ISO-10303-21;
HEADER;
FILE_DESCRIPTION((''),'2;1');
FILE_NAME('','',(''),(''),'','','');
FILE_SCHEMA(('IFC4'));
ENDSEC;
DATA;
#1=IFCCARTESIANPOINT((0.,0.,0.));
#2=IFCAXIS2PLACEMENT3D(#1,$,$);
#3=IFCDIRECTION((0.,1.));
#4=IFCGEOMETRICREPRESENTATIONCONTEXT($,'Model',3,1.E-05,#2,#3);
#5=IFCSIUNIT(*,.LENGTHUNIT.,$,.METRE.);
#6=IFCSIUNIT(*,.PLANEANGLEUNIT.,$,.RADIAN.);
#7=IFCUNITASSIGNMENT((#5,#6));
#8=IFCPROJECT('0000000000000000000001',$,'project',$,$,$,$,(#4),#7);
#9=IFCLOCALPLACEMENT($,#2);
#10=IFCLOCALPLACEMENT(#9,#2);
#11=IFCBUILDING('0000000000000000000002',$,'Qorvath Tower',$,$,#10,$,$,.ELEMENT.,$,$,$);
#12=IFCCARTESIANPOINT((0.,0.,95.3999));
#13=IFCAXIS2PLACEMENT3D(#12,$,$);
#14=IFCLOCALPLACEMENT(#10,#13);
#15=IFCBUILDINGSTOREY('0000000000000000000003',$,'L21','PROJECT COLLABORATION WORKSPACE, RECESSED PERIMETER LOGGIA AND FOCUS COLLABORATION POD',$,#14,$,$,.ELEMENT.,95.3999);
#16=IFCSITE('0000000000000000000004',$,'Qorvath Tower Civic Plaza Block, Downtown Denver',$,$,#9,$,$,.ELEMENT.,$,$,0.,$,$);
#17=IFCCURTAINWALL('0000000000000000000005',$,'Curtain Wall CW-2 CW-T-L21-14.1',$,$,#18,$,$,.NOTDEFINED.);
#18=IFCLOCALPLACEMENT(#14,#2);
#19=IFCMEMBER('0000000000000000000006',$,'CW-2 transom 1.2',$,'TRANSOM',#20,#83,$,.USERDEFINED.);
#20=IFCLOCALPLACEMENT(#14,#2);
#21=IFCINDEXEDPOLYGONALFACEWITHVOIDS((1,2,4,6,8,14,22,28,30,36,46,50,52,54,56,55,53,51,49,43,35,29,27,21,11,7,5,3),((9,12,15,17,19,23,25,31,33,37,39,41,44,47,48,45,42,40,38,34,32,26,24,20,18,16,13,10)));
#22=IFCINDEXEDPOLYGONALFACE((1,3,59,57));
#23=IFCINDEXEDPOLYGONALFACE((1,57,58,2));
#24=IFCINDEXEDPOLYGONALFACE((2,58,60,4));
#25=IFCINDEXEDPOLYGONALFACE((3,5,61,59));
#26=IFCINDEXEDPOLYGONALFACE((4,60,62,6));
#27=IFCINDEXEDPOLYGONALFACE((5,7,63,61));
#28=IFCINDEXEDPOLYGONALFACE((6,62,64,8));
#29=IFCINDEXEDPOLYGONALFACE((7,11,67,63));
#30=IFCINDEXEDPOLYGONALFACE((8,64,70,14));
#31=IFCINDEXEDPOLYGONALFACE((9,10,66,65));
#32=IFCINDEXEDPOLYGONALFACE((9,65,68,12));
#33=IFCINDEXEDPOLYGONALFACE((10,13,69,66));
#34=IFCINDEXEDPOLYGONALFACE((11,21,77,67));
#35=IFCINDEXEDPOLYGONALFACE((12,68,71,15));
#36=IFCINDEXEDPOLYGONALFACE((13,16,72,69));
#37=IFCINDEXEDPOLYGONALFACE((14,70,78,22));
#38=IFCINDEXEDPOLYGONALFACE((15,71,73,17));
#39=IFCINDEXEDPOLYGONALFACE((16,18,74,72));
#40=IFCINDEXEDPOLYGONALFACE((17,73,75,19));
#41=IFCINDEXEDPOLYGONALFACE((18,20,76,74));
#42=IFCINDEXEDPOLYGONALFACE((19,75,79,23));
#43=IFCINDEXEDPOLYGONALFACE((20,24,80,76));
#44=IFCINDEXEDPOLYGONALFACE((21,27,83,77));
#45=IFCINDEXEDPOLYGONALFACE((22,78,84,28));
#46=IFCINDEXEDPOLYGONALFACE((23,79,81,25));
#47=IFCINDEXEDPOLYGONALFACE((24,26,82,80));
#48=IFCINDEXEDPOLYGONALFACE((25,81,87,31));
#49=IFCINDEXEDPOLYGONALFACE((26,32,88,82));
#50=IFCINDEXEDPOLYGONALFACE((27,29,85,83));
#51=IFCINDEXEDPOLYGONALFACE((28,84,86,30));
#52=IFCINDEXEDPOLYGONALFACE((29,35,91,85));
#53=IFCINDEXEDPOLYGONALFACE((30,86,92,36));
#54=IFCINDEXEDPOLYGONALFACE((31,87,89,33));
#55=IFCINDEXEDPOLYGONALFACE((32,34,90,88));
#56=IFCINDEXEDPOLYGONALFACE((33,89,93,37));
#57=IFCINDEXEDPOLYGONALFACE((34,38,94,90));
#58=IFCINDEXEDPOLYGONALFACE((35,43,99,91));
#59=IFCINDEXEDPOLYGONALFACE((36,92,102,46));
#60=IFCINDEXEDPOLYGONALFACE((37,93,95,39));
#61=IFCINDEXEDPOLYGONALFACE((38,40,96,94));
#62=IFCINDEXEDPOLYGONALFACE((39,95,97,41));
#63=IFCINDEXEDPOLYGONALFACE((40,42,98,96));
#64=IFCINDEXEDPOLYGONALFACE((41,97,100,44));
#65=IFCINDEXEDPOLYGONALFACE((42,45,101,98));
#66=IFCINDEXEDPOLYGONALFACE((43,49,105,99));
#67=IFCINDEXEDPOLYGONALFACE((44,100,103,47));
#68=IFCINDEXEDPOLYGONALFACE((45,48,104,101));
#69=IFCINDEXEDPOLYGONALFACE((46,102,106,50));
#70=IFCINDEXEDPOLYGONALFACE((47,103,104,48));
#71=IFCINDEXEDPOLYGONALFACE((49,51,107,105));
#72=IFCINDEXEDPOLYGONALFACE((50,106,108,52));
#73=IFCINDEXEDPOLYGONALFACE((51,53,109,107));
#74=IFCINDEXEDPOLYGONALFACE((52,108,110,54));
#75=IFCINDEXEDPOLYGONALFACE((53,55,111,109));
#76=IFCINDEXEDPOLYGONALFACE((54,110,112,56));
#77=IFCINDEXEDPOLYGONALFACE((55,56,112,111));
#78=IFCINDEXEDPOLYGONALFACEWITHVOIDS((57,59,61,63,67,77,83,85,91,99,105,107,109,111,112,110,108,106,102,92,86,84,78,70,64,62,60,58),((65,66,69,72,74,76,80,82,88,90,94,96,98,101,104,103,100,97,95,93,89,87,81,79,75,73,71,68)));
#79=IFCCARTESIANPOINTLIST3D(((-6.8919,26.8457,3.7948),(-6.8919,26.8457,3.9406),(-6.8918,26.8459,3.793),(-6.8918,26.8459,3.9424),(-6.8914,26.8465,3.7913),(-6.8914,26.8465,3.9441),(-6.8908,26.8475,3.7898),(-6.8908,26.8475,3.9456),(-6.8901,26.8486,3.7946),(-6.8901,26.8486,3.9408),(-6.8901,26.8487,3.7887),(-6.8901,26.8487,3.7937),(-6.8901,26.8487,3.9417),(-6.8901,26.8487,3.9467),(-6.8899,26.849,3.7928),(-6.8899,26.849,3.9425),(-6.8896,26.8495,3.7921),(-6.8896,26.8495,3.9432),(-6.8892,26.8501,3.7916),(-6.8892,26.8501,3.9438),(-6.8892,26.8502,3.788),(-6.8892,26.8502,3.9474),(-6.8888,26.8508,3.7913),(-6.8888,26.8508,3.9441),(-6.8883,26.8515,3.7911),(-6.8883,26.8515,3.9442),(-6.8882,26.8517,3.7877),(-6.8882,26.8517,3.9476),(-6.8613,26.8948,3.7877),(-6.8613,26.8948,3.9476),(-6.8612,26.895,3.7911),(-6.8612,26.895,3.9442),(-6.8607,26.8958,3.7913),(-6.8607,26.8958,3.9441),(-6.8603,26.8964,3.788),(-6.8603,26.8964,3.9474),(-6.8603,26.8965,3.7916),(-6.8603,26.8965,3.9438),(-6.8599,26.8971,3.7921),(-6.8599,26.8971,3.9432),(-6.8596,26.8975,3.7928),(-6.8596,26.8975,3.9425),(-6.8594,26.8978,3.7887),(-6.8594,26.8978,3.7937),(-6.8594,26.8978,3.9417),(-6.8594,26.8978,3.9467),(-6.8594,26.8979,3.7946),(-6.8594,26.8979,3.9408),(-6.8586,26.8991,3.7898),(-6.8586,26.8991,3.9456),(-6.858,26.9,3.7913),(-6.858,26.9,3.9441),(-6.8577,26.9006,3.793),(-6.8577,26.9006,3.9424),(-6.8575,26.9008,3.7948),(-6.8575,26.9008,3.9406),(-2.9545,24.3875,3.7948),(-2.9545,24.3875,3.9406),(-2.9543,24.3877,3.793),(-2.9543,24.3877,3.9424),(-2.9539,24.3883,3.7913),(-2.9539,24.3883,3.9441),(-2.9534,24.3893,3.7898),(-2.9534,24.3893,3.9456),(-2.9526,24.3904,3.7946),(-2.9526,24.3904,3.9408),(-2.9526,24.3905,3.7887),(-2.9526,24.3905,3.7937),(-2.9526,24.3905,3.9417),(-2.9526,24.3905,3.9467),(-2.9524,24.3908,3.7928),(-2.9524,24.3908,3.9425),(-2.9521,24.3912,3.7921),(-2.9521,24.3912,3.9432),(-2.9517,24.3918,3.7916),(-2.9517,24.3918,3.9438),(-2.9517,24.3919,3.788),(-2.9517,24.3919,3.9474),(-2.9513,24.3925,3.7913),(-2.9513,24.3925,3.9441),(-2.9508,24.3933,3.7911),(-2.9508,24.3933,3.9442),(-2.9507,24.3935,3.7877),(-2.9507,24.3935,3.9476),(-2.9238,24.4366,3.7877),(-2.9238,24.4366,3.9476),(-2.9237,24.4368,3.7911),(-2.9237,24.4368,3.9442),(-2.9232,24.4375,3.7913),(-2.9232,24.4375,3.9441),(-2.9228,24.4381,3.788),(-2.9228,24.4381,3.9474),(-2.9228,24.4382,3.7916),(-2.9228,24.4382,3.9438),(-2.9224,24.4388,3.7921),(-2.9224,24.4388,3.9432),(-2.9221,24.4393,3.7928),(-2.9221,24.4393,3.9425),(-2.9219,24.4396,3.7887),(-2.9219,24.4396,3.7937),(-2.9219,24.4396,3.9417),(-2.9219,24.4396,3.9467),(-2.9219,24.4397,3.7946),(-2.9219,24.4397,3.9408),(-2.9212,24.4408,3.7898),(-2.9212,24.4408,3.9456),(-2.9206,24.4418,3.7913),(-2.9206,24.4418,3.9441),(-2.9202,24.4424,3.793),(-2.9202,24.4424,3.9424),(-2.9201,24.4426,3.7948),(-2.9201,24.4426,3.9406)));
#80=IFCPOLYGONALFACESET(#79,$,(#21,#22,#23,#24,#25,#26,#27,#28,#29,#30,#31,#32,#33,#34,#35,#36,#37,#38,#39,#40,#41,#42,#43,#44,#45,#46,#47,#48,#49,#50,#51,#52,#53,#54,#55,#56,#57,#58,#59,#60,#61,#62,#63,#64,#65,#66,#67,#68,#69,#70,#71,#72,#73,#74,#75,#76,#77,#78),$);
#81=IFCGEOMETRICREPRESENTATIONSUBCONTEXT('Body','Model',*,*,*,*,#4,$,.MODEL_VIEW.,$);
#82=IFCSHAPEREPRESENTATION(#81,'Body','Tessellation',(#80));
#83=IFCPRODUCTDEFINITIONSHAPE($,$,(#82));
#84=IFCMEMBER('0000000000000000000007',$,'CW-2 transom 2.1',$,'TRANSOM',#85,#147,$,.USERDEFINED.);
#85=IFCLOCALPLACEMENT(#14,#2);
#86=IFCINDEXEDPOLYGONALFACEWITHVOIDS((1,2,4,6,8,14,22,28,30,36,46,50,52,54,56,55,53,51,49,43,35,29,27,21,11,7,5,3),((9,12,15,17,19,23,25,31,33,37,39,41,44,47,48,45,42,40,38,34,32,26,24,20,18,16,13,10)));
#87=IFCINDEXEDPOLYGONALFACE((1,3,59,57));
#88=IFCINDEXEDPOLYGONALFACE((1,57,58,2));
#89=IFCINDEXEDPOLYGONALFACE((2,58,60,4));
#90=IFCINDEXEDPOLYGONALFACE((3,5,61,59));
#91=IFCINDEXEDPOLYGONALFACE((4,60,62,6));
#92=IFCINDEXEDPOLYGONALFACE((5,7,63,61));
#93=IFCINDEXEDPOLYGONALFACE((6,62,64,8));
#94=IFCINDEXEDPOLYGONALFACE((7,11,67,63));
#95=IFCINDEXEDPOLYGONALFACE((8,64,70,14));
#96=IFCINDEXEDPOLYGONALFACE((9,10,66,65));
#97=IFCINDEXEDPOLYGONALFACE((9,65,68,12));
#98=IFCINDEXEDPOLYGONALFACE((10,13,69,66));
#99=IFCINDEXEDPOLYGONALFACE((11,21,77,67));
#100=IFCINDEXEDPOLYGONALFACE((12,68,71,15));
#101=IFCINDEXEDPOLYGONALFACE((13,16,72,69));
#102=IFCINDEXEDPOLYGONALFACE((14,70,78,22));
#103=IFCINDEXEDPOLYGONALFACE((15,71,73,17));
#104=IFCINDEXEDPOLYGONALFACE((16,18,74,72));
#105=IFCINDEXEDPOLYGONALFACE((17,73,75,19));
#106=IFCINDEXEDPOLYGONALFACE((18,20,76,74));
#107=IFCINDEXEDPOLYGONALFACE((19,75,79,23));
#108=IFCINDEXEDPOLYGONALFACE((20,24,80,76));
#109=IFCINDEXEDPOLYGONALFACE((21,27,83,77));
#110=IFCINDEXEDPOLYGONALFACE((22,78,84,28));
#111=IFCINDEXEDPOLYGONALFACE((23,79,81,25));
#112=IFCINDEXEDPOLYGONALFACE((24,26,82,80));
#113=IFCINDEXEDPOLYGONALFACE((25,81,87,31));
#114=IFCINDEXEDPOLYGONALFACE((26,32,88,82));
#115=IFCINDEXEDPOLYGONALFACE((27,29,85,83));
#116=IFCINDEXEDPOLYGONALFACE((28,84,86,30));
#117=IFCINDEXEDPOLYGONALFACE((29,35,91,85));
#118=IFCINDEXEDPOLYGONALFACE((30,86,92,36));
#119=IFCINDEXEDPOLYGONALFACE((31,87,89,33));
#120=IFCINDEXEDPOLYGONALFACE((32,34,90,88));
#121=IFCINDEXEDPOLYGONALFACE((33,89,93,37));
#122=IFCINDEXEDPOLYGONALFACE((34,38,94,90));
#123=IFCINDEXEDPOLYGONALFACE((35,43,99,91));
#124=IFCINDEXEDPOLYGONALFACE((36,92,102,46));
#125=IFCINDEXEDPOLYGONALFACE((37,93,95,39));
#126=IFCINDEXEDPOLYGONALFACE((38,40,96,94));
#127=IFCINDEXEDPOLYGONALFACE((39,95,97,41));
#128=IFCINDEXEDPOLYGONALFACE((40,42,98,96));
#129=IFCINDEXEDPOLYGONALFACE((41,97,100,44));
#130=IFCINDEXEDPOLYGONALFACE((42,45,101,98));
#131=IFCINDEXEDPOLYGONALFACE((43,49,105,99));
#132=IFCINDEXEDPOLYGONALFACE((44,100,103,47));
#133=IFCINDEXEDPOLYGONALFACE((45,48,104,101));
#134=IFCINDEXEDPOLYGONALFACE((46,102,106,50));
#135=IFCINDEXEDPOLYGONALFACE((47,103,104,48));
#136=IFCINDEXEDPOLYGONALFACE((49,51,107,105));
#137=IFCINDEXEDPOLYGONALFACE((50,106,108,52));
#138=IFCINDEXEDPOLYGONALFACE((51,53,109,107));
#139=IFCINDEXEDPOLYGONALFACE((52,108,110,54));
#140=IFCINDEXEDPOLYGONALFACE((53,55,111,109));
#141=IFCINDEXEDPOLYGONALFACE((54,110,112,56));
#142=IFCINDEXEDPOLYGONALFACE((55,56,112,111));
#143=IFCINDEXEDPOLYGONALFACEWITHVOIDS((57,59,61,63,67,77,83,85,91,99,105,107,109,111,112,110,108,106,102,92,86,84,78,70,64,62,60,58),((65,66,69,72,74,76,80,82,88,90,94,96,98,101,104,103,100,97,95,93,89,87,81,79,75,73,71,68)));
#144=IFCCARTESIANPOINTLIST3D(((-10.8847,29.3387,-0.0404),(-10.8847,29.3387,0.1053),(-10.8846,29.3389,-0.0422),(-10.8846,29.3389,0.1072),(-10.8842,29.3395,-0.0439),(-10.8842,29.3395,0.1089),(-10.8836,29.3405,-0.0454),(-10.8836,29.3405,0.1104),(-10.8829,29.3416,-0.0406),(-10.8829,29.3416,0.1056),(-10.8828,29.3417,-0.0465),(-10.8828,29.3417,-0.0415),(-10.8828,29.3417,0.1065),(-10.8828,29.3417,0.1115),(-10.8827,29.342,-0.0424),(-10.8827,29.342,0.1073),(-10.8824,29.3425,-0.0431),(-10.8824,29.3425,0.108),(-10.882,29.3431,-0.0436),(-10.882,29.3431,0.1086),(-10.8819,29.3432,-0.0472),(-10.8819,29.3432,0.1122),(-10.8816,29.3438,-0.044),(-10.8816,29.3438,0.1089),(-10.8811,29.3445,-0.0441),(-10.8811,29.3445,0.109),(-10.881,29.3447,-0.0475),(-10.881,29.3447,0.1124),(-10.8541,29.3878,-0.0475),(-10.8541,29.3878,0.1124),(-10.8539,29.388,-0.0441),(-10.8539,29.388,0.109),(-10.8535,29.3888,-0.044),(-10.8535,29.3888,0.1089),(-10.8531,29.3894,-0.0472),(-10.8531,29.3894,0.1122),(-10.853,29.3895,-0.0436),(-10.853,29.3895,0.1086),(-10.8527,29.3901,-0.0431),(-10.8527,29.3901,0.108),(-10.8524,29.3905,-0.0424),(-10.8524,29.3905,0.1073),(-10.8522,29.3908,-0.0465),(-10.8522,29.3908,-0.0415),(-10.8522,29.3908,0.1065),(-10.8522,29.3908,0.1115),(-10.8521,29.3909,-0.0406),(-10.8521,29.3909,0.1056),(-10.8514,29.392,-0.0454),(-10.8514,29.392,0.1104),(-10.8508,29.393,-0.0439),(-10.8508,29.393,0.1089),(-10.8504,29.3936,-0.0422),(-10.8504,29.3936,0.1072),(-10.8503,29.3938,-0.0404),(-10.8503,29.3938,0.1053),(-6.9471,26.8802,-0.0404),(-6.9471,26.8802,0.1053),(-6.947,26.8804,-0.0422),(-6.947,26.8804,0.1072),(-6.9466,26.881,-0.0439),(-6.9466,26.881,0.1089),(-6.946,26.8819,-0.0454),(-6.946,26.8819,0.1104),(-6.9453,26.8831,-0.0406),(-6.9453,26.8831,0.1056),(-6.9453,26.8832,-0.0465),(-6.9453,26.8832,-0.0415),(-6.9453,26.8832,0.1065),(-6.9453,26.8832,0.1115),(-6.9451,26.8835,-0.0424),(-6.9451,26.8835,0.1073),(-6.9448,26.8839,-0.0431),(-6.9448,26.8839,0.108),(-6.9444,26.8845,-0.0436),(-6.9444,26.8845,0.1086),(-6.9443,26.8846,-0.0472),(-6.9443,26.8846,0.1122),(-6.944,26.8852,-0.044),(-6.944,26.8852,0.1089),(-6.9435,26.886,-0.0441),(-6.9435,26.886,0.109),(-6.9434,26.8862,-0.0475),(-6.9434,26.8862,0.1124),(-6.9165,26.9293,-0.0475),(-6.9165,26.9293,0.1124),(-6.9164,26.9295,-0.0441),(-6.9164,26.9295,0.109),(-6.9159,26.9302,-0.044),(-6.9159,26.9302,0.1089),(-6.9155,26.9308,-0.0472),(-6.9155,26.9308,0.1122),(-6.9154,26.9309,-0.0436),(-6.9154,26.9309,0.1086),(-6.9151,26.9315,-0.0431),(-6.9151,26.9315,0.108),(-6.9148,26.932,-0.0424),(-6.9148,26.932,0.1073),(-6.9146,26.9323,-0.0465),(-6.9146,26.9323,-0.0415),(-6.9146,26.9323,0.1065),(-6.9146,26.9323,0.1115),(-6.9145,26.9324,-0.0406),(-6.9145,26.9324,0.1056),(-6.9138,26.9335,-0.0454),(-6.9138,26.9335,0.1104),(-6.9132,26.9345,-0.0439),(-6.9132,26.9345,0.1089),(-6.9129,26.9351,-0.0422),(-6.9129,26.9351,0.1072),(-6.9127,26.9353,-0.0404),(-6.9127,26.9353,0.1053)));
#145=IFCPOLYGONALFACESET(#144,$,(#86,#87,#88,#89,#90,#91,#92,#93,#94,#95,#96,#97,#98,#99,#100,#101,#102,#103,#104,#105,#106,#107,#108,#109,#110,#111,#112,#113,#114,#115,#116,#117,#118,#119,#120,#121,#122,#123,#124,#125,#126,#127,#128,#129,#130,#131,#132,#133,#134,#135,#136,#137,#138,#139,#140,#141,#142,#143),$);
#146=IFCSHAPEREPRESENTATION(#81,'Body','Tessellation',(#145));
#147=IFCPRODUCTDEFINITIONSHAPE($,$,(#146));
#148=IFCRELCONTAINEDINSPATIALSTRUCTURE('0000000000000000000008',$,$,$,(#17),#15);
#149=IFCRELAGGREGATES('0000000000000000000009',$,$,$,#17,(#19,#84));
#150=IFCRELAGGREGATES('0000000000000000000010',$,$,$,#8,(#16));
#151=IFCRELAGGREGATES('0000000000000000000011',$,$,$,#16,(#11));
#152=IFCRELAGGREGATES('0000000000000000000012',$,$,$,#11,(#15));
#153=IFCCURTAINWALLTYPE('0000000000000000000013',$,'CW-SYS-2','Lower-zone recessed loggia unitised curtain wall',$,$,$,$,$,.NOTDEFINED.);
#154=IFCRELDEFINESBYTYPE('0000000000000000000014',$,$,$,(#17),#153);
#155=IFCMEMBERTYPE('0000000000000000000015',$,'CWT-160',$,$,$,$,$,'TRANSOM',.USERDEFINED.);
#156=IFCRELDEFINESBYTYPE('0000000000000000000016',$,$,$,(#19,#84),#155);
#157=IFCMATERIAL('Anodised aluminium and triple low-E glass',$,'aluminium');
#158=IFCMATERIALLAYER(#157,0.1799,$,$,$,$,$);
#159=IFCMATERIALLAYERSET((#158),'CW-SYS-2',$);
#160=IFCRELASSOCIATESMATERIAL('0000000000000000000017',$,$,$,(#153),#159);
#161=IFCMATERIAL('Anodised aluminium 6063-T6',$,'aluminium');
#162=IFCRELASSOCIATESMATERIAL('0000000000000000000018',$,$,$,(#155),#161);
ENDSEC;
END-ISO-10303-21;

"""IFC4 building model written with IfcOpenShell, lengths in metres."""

from ifc_helpers import new_model, si_unit, direction, frame, origin, origin_2d, place, context, subcontext, project, spatial, hollow_rectangle, extrude, material, layer, layer_set, material_profile, profile_set, type_object, element, aggregate, save


model = new_model("IFC4")

# Units and contexts
model_context = context("Model", 3, precision=1e-05, world=origin(), true_north=direction((0.0, 1.0)))
body_context = subcontext(model_context, "Body", "Model", "MODEL_VIEW")
ifc_project = project(units=[si_unit("LENGTHUNIT", "METRE"), si_unit("PLANEANGLEUNIT", "RADIAN")], contexts=[model_context])

# Site, building, storey
site_placement = place(None, origin())
site = spatial("IfcSite", under=ifc_project, at=site_placement, Name="Qorvath Tower Civic Plaza Block, Downtown Denver", CompositionType="ELEMENT", RefElevation=0.0)
building_placement = place(site_placement, origin())
building = spatial("IfcBuilding", under=site, at=building_placement, Name="Qorvath Tower", CompositionType="ELEMENT")
storey_placement = place(building_placement, frame((0.0, 0.0, 95.3999)))
storey = spatial("IfcBuildingStorey", under=building, at=storey_placement, Name="L21", Description="PROJECT COLLABORATION WORKSPACE, RECESSED PERIMETER LOGGIA AND FOCUS COLLABORATION POD", CompositionType="ELEMENT", Elevation=95.3999)

# Shared definitions
ifc_material_1 = material(Name="Anodised aluminium and triple low-E glass", Category="aluminium")
ifc_layer_1 = layer(ifc_material_1, 0.1799)
ifc_layer_set_1 = layer_set([ifc_layer_1], Name="CW-SYS-2")
curtain_wall_type = type_object("IfcCurtainWallType", Name="CW-SYS-2", Description="Lower-zone recessed loggia unitised curtain wall", PredefinedType="NOTDEFINED", material=ifc_layer_set_1)

# Curtain wall
curtain_wall_1_placement = place(storey_placement, origin())
curtain_wall_1 = element("IfcCurtainWall", 1, at=curtain_wall_1_placement, inside=storey, type_object=curtain_wall_type, Name="Curtain Wall CW-2 CW-T-L21-14.1", PredefinedType="NOTDEFINED")

# Members
ifc_material_2 = material(Name="Anodised aluminium 6063-T6", Category="aluminium")
ifc_material_profile_1 = material_profile(ifc_material_2, hollow_rectangle(XDim=0.0649, YDim=0.1599, WallThickness=0.0034, InnerFilletRadius=0.0034, OuterFilletRadius=0.0071, at=origin_2d()), Name="CWT 160x65")
ifc_profile_set_1 = profile_set([ifc_material_profile_1], Name="Anodised aluminium 6063-T6")
member_type_1 = type_object("IfcMemberType", Name="CWT-160", ElementType="TRANSOM", PredefinedType="USERDEFINED", material=ifc_profile_set_1)
member_1_placement = place(storey_placement, frame((-2.9373, 24.415, 3.8677), z_axis=(-0.848258, 0.529583, 0.0), x_axis=(-0.529583, -0.848258, 0.0)))
member_1 = element("IfcMember", 2, at=member_1_placement, type_object=member_type_1, Name="CW-2 transom 1.2", ObjectType="TRANSOM", PredefinedType="USERDEFINED", context=body_context, shape_type="SweptSolid", body=[
    extrude(hollow_rectangle(XDim=0.0649, YDim=0.1599, WallThickness=0.0034, InnerFilletRadius=0.0034, OuterFilletRadius=0.0071, at=origin_2d()), origin(), (0.0, 0.0, 1.0), 4.6418),
])
member_2_placement = place(storey_placement, frame((-6.9299, 26.9077, 0.0325), z_axis=(-0.848235, 0.529621, 0.0), x_axis=(-0.529621, -0.848235, 0.0)))
member_2 = element("IfcMember", 3, at=member_2_placement, type_object=member_type_1, Name="CW-2 transom 2.1", ObjectType="TRANSOM", PredefinedType="USERDEFINED", context=body_context, shape_type="SweptSolid", body=[
    extrude(hollow_rectangle(XDim=0.0649, YDim=0.1599, WallThickness=0.0034, InnerFilletRadius=0.0034, OuterFilletRadius=0.0071, at=origin_2d()), origin(), (0.0, 0.0, 1.0), 4.6421),
])

aggregate(curtain_wall_1, [member_1, member_2])

save(model, "model.ifc")
